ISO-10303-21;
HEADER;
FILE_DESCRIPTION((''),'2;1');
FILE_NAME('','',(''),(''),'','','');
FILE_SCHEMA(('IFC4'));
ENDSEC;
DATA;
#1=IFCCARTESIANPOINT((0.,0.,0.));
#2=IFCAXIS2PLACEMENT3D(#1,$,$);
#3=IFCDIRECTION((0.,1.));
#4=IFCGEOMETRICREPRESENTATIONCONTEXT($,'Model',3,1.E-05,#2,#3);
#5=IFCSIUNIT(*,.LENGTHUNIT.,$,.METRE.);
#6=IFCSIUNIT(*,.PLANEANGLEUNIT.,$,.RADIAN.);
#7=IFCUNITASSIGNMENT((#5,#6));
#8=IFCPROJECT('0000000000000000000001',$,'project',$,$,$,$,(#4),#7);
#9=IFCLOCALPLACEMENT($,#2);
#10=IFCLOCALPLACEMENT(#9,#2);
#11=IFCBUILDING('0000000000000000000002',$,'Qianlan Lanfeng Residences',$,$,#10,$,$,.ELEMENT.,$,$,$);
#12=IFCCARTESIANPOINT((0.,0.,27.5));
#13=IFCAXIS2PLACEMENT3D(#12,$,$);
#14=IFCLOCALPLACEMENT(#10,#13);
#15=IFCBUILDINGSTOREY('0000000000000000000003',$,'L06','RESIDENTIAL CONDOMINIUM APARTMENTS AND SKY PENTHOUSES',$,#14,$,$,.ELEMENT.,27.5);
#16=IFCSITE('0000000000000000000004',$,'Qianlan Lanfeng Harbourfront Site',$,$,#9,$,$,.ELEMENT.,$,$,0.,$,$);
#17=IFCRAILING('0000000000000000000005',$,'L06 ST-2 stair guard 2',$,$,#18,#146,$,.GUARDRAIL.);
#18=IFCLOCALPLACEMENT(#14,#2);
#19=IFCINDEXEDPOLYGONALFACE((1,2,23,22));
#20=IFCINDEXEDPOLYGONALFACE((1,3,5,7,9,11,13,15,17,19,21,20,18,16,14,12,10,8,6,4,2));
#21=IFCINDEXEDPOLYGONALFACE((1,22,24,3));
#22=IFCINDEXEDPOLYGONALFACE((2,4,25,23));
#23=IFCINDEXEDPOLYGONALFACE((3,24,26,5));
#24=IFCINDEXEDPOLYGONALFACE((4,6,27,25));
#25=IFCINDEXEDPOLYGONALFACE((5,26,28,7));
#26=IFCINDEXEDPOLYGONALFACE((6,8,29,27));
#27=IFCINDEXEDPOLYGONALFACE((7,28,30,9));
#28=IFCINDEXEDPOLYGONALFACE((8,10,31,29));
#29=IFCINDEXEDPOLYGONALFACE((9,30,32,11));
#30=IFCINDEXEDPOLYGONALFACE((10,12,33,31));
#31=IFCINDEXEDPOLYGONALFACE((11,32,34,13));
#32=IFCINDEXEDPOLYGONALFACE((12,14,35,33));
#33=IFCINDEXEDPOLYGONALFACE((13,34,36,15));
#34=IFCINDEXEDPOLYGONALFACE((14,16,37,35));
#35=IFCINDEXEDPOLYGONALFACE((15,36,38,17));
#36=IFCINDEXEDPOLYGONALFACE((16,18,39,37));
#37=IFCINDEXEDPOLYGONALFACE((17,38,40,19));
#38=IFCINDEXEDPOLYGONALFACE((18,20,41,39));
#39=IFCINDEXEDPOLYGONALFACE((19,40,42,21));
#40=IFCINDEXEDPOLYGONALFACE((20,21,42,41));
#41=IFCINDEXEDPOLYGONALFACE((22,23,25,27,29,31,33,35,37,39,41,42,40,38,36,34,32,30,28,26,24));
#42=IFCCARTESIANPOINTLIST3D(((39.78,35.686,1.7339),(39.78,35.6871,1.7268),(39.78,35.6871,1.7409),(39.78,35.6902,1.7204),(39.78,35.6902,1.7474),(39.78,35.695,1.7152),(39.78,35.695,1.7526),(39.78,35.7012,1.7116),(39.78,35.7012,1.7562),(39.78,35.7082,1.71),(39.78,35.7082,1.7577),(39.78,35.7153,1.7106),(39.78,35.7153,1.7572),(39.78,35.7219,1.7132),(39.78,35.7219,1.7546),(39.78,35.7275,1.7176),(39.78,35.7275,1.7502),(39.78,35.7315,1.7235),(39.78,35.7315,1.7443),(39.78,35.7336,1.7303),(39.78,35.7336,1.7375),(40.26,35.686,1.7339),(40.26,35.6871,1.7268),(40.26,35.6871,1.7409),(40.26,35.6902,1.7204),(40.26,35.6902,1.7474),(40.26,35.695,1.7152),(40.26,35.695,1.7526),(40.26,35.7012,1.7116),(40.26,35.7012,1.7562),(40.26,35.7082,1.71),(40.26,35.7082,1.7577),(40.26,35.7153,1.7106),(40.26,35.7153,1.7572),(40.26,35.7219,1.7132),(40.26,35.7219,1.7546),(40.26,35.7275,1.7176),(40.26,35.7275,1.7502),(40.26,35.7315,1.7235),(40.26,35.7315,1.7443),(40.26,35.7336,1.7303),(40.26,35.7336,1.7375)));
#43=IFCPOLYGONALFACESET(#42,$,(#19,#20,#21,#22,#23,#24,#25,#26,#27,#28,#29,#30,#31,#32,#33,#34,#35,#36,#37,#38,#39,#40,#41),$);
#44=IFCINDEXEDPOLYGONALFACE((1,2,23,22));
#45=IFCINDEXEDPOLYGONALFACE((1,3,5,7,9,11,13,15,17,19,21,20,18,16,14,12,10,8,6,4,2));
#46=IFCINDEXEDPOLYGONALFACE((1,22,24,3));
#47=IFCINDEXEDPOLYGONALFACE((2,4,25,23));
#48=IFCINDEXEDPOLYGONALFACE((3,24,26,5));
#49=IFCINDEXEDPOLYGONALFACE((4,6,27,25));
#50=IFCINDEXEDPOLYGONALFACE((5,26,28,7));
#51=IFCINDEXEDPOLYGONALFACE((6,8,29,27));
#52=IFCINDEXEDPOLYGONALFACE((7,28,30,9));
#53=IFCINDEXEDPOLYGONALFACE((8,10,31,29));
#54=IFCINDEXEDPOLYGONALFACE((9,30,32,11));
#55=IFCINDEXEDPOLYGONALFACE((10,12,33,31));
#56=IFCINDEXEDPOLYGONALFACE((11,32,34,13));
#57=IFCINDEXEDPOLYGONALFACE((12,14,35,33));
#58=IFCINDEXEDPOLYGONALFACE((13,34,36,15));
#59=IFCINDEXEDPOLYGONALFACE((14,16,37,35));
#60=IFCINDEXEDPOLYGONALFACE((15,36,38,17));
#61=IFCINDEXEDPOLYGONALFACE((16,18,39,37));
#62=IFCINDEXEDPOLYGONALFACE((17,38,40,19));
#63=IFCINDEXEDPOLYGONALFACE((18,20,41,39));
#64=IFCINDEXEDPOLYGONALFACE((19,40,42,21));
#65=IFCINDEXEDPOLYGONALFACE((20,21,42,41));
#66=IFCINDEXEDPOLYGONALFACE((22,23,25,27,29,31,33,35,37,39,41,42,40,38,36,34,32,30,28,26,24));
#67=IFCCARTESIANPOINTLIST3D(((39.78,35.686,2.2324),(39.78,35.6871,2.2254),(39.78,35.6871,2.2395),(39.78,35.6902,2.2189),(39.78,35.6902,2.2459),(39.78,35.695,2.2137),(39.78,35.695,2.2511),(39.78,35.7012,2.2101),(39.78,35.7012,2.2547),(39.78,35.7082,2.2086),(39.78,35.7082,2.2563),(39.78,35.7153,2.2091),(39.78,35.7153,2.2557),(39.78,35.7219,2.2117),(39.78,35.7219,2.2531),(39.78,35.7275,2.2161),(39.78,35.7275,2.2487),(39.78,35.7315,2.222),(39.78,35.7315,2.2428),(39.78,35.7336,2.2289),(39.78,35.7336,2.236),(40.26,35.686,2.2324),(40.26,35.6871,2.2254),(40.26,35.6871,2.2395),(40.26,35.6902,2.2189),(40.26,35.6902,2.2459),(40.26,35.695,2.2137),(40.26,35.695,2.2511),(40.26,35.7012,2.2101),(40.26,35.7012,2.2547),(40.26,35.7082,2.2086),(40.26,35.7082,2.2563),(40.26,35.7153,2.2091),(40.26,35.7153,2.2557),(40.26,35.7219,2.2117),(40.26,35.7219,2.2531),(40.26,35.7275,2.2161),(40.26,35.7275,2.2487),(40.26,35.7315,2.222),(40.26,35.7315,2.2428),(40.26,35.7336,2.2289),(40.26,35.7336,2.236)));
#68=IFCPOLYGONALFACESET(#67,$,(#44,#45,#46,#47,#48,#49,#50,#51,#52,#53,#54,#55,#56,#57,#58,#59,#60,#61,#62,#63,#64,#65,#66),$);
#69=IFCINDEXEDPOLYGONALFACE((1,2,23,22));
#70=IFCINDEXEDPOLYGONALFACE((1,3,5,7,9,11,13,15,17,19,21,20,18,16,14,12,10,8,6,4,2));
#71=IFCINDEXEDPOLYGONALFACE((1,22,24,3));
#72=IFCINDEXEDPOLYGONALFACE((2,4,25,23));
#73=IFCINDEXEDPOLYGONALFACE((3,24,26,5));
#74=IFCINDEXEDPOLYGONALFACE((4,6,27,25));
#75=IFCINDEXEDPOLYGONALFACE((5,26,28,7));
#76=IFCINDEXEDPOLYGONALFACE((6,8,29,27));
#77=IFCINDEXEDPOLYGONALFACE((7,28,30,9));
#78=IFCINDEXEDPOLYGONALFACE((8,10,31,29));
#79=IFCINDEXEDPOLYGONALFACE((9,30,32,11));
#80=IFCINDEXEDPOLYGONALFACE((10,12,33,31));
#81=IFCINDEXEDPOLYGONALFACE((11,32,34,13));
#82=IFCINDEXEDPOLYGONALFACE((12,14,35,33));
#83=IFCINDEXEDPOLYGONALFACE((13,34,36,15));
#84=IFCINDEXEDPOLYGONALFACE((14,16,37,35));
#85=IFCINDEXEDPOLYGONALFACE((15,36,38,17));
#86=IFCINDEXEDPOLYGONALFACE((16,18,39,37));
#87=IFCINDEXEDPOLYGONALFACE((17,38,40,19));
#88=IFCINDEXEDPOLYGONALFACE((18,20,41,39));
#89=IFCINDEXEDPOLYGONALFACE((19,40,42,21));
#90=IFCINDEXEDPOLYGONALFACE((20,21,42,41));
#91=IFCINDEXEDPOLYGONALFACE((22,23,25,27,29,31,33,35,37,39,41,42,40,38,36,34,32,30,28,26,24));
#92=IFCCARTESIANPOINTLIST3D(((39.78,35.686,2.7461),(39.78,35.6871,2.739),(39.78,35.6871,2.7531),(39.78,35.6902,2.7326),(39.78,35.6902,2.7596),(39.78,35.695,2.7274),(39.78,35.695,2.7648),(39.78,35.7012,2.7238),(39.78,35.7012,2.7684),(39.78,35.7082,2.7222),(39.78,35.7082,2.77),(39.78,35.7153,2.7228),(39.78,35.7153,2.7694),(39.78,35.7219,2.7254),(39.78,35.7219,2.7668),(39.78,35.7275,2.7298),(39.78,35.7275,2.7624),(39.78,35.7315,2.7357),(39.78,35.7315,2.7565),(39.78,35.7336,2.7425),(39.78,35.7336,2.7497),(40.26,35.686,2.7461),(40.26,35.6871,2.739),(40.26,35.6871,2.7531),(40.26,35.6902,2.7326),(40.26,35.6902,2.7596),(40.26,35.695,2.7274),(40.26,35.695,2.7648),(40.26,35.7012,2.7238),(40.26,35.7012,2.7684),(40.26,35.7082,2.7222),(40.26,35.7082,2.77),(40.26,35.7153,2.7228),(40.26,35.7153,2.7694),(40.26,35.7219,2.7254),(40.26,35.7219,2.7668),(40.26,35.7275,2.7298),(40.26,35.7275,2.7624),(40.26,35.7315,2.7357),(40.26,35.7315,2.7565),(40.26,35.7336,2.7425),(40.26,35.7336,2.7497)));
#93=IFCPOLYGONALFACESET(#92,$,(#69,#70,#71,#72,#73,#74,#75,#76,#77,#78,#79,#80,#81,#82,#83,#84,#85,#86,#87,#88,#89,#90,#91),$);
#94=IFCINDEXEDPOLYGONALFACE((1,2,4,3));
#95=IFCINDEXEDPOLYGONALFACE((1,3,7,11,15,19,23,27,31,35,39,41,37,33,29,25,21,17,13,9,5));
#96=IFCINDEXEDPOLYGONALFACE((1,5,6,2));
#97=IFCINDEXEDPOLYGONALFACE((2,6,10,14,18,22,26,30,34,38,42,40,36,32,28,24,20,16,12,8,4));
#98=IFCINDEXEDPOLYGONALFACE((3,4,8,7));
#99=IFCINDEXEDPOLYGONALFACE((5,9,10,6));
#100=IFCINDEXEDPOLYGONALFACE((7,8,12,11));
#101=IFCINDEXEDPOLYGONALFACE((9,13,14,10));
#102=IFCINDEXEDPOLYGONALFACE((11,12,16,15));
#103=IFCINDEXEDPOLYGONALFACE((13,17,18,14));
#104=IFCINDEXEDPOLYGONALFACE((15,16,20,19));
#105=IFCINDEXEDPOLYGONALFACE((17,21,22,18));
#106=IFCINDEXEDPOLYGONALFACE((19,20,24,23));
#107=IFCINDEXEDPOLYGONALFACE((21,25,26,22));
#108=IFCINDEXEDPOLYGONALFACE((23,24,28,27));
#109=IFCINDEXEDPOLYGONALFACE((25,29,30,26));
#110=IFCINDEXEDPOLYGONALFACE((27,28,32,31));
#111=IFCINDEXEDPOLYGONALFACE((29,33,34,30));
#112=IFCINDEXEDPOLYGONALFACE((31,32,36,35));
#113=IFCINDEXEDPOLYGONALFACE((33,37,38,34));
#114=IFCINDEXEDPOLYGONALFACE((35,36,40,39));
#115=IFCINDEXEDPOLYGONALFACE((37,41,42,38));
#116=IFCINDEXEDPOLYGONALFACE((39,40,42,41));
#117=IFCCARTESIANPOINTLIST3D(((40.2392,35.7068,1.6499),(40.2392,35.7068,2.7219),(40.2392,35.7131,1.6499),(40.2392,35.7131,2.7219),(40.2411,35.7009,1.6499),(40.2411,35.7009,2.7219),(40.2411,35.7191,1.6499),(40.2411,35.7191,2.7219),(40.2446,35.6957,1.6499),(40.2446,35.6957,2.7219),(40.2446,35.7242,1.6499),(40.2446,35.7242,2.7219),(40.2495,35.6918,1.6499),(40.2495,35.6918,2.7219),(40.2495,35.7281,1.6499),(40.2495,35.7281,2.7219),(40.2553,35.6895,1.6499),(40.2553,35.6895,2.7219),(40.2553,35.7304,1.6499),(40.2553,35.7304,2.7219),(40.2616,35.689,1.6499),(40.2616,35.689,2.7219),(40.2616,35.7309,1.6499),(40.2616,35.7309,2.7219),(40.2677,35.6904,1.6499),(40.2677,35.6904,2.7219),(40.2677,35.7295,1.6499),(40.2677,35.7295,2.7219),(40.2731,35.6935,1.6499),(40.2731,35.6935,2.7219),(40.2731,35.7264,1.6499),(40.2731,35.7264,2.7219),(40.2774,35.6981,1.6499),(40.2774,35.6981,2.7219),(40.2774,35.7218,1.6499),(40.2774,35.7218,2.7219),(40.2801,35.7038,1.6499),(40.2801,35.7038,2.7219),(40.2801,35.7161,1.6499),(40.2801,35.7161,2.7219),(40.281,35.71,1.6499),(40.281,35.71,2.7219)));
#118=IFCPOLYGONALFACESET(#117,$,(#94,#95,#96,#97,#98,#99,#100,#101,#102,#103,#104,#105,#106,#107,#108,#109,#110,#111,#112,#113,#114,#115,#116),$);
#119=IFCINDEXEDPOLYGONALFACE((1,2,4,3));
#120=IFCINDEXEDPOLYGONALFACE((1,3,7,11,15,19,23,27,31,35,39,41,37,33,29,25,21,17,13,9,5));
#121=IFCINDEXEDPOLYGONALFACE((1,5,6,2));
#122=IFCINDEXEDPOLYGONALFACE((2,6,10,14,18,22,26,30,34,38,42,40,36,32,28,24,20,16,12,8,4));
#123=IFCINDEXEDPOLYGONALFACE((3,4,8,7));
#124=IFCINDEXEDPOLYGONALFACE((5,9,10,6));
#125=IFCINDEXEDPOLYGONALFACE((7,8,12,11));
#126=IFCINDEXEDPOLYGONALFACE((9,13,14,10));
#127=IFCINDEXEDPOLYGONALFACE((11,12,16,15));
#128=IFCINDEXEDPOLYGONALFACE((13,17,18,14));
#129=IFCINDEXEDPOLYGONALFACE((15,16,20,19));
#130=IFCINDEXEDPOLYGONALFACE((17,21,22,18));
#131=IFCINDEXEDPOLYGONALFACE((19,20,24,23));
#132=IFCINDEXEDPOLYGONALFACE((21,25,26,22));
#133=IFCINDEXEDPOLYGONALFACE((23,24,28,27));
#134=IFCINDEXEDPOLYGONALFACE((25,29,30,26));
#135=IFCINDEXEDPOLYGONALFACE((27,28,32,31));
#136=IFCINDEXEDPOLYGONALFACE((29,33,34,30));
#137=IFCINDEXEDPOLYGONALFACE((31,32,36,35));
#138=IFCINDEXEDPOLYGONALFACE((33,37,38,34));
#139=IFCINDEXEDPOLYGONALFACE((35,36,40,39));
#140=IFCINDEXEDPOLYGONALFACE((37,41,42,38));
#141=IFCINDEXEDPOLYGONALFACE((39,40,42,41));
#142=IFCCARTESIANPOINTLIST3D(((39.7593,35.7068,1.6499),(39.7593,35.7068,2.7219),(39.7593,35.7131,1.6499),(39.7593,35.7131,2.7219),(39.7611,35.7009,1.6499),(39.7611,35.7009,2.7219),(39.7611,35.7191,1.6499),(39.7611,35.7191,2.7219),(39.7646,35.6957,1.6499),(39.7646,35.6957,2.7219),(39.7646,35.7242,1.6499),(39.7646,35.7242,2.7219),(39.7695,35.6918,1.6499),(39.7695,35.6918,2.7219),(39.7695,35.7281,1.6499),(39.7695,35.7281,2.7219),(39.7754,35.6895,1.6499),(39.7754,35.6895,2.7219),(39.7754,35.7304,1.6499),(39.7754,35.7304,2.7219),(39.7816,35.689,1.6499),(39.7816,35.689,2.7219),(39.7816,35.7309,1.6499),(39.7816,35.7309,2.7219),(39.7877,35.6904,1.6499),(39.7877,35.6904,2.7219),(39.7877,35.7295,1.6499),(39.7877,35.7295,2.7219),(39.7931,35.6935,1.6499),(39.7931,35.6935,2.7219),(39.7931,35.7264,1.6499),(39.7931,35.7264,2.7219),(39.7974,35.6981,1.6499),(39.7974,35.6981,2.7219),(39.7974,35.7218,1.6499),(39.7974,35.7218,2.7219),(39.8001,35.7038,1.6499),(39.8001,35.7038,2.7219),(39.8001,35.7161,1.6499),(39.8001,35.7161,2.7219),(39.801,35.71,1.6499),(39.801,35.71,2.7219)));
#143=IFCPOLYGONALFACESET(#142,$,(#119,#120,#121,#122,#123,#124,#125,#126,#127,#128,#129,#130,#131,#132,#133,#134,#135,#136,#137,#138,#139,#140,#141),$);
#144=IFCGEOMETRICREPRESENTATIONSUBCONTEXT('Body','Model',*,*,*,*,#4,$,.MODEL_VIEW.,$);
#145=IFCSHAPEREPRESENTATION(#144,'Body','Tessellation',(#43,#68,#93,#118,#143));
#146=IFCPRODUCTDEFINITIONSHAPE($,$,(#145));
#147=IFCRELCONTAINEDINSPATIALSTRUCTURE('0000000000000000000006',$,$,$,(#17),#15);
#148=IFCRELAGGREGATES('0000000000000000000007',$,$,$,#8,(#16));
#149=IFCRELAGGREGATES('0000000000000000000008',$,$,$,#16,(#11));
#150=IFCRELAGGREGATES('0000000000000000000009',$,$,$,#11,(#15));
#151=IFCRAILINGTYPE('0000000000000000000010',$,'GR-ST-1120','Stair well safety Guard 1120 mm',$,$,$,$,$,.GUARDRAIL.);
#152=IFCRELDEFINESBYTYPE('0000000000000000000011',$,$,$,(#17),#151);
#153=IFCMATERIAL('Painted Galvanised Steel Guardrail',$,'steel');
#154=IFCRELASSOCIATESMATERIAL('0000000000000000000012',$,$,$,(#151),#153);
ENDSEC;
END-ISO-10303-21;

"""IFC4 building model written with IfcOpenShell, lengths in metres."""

from ifc_helpers import new_model, si_unit, direction, frame, origin, origin_2d, place, context, subcontext, project, spatial, circle, extrude, material, type_object, element, save


model = new_model("IFC4")

# Units and contexts
model_context = context("Model", 3, precision=1e-05, world=origin(), true_north=direction((0.0, 1.0)))
body_context = subcontext(model_context, "Body", "Model", "MODEL_VIEW")
ifc_project = project(units=[si_unit("LENGTHUNIT", "METRE"), si_unit("PLANEANGLEUNIT", "RADIAN")], contexts=[model_context])

# Site, building, storey
site_placement = place(None, origin())
site = spatial("IfcSite", under=ifc_project, at=site_placement, Name="Qianlan Lanfeng Harbourfront Site", CompositionType="ELEMENT", RefElevation=0.0)
building_placement = place(site_placement, origin())
building = spatial("IfcBuilding", under=site, at=building_placement, Name="Qianlan Lanfeng Residences", CompositionType="ELEMENT")
storey_placement = place(building_placement, frame((0.0, 0.0, 27.5)))
storey = spatial("IfcBuildingStorey", under=building, at=storey_placement, Name="L06", Description="RESIDENTIAL CONDOMINIUM APARTMENTS AND SKY PENTHOUSES", CompositionType="ELEMENT", Elevation=27.5)

# Railing
ifc_material_1 = material(Name="Painted Galvanised Steel Guardrail", Category="steel")
railing_type_1 = type_object("IfcRailingType", Name="GR-ST-1120", Description="Stair well safety Guard 1120 mm", PredefinedType="GUARDRAIL", material=ifc_material_1)
railing_1_placement = place(storey_placement, frame((40.26, 35.71, 1.6499)))
element("IfcRailing", 1, at=railing_1_placement, inside=storey, type_object=railing_type_1, Name="L06 ST-2 stair guard 2", PredefinedType="GUARDRAIL", context=body_context, shape_type="SweptSolid", body=[
    extrude(circle(Radius=0.0239, at=origin_2d()), frame((0.0, 0.0, 0.084), z_axis=(-1.0, 0.0, 0.0), x_axis=(0.0, -1.0, 0.0)), (0.0, 0.0, 1.0), 0.48),
    extrude(circle(Radius=0.0239, at=origin_2d()), frame((0.0, 0.0, 0.5825), z_axis=(-1.0, 0.0, 0.0), x_axis=(0.0, -1.0, 0.0)), (0.0, 0.0, 1.0), 0.48),
    extrude(circle(Radius=0.0239, at=origin_2d()), frame((0.0, 0.0, 1.0962), z_axis=(-1.0, 0.0, 0.0), x_axis=(0.0, -1.0, 0.0)), (0.0, 0.0, 1.0), 0.48),
    extrude(circle(Radius=0.021, at=origin_2d()), origin(), (0.0, 0.0, 1.0), 1.072),
    extrude(circle(Radius=0.021, at=origin_2d()), frame((-0.48, 0.0, 0.0)), (0.0, 0.0, 1.0), 1.072),
])

save(model, "model.ifc")
